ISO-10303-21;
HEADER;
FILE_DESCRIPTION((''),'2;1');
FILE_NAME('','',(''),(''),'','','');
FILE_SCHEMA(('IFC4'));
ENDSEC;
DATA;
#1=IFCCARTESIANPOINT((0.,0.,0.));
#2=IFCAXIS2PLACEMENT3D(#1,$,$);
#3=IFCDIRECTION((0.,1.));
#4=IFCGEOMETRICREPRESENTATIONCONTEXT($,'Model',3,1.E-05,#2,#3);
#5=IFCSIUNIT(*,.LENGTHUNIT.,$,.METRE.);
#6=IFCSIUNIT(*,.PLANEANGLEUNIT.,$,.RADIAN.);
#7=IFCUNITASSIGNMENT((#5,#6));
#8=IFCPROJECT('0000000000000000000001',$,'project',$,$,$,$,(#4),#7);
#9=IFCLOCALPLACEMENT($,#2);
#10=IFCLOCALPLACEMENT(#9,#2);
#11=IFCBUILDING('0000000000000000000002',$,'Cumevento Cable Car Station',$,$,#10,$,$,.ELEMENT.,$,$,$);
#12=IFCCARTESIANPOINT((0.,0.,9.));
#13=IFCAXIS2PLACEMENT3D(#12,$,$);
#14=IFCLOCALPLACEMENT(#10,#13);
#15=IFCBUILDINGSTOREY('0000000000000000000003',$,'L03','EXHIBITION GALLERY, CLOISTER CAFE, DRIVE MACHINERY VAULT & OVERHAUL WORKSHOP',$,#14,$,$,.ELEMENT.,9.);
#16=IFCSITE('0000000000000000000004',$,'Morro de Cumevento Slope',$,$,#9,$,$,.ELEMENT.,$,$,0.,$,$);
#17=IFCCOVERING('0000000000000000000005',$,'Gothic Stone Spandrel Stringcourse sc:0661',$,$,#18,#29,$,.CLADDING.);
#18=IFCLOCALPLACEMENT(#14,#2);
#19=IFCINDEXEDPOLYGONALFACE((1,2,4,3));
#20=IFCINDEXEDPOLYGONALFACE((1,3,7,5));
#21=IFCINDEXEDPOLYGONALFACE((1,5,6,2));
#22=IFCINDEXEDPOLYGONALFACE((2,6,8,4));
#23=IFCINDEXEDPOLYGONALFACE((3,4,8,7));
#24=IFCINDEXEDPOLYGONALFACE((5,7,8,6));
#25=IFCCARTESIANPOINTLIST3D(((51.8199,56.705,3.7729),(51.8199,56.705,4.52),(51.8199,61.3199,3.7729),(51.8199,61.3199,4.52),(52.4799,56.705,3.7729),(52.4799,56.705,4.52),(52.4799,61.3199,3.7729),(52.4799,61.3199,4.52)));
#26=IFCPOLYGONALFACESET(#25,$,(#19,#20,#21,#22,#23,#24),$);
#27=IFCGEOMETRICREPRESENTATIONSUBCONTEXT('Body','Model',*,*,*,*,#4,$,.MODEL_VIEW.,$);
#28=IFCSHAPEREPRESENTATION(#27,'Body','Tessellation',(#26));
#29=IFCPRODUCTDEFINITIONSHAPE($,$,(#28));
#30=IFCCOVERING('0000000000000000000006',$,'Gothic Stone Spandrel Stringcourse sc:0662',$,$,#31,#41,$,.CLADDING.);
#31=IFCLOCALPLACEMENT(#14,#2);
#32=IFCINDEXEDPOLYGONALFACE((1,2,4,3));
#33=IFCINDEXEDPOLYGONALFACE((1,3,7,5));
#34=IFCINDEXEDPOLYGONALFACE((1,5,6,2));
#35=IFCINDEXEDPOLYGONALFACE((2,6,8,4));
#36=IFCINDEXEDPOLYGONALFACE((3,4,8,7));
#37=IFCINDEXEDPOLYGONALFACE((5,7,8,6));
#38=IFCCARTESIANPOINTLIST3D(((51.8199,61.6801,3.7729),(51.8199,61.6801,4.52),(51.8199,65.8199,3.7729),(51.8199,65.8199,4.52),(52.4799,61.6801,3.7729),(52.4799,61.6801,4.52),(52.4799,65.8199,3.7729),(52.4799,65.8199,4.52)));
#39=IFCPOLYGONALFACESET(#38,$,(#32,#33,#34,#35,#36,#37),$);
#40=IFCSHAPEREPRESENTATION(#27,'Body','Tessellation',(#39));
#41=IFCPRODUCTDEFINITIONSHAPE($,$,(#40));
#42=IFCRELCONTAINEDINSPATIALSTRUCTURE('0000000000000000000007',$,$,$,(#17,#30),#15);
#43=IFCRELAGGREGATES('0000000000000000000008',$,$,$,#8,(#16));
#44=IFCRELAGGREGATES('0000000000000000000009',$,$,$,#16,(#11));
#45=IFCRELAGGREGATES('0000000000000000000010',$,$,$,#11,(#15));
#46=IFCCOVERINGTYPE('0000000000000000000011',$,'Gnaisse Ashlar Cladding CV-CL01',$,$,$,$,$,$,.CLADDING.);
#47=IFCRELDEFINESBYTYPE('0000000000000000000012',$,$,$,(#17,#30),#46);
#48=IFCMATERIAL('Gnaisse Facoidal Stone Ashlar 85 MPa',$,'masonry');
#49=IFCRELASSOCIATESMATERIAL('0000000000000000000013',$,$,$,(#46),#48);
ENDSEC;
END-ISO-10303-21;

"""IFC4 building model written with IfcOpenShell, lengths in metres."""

from ifc_helpers import new_model, si_unit, direction, frame, origin, origin_2d, place, context, subcontext, project, spatial, rectangle, extrude, material, type_object, element, save


model = new_model("IFC4")

# Units and contexts
model_context = context("Model", 3, precision=1e-05, world=origin(), true_north=direction((0.0, 1.0)))
body_context = subcontext(model_context, "Body", "Model", "MODEL_VIEW")
ifc_project = project(units=[si_unit("LENGTHUNIT", "METRE"), si_unit("PLANEANGLEUNIT", "RADIAN")], contexts=[model_context])

# Site, building, storey
site_placement = place(None, origin())
site = spatial("IfcSite", under=ifc_project, at=site_placement, Name="Morro de Cumevento Slope", CompositionType="ELEMENT", RefElevation=0.0)
building_placement = place(site_placement, origin())
building = spatial("IfcBuilding", under=site, at=building_placement, Name="Cumevento Cable Car Station", CompositionType="ELEMENT")
storey_placement = place(building_placement, frame((0.0, 0.0, 9.0)))
storey = spatial("IfcBuildingStorey", under=building, at=storey_placement, Name="L03", Description="EXHIBITION GALLERY, CLOISTER CAFE, DRIVE MACHINERY VAULT & OVERHAUL WORKSHOP", CompositionType="ELEMENT", Elevation=9.0)

# Coverings
ifc_material_1 = material(Name="Gnaisse Facoidal Stone Ashlar 85 MPa", Category="masonry")
covering_type = type_object("IfcCoveringType", Name="Gnaisse Ashlar Cladding CV-CL01", PredefinedType="CLADDING", material=ifc_material_1)
covering_1_placement = place(storey_placement, frame((52.1499, 59.0125, 3.7729), z_axis=(0.0, 0.0, 1.0), x_axis=(0.0, 1.0, 0.0)))
element("IfcCovering", 1, at=covering_1_placement, inside=storey, type_object=covering_type, Name="Gothic Stone Spandrel Stringcourse sc:0661", PredefinedType="CLADDING", context=body_context, shape_type="SweptSolid", body=[
    extrude(rectangle(XDim=4.615, YDim=0.6599, at=origin_2d()), origin(), (0.0, 0.0, 1.0), 0.7471),
])
covering_2_placement = place(storey_placement, frame((52.1499, 63.75, 3.7729), z_axis=(0.0, 0.0, 1.0), x_axis=(0.0, 1.0, 0.0)))
element("IfcCovering", 2, at=covering_2_placement, inside=storey, type_object=covering_type, Name="Gothic Stone Spandrel Stringcourse sc:0662", PredefinedType="CLADDING", context=body_context, shape_type="SweptSolid", body=[
    extrude(rectangle(XDim=4.1399, YDim=0.6599, at=origin_2d()), origin(), (0.0, 0.0, 1.0), 0.7471),
])

save(model, "model.ifc")
